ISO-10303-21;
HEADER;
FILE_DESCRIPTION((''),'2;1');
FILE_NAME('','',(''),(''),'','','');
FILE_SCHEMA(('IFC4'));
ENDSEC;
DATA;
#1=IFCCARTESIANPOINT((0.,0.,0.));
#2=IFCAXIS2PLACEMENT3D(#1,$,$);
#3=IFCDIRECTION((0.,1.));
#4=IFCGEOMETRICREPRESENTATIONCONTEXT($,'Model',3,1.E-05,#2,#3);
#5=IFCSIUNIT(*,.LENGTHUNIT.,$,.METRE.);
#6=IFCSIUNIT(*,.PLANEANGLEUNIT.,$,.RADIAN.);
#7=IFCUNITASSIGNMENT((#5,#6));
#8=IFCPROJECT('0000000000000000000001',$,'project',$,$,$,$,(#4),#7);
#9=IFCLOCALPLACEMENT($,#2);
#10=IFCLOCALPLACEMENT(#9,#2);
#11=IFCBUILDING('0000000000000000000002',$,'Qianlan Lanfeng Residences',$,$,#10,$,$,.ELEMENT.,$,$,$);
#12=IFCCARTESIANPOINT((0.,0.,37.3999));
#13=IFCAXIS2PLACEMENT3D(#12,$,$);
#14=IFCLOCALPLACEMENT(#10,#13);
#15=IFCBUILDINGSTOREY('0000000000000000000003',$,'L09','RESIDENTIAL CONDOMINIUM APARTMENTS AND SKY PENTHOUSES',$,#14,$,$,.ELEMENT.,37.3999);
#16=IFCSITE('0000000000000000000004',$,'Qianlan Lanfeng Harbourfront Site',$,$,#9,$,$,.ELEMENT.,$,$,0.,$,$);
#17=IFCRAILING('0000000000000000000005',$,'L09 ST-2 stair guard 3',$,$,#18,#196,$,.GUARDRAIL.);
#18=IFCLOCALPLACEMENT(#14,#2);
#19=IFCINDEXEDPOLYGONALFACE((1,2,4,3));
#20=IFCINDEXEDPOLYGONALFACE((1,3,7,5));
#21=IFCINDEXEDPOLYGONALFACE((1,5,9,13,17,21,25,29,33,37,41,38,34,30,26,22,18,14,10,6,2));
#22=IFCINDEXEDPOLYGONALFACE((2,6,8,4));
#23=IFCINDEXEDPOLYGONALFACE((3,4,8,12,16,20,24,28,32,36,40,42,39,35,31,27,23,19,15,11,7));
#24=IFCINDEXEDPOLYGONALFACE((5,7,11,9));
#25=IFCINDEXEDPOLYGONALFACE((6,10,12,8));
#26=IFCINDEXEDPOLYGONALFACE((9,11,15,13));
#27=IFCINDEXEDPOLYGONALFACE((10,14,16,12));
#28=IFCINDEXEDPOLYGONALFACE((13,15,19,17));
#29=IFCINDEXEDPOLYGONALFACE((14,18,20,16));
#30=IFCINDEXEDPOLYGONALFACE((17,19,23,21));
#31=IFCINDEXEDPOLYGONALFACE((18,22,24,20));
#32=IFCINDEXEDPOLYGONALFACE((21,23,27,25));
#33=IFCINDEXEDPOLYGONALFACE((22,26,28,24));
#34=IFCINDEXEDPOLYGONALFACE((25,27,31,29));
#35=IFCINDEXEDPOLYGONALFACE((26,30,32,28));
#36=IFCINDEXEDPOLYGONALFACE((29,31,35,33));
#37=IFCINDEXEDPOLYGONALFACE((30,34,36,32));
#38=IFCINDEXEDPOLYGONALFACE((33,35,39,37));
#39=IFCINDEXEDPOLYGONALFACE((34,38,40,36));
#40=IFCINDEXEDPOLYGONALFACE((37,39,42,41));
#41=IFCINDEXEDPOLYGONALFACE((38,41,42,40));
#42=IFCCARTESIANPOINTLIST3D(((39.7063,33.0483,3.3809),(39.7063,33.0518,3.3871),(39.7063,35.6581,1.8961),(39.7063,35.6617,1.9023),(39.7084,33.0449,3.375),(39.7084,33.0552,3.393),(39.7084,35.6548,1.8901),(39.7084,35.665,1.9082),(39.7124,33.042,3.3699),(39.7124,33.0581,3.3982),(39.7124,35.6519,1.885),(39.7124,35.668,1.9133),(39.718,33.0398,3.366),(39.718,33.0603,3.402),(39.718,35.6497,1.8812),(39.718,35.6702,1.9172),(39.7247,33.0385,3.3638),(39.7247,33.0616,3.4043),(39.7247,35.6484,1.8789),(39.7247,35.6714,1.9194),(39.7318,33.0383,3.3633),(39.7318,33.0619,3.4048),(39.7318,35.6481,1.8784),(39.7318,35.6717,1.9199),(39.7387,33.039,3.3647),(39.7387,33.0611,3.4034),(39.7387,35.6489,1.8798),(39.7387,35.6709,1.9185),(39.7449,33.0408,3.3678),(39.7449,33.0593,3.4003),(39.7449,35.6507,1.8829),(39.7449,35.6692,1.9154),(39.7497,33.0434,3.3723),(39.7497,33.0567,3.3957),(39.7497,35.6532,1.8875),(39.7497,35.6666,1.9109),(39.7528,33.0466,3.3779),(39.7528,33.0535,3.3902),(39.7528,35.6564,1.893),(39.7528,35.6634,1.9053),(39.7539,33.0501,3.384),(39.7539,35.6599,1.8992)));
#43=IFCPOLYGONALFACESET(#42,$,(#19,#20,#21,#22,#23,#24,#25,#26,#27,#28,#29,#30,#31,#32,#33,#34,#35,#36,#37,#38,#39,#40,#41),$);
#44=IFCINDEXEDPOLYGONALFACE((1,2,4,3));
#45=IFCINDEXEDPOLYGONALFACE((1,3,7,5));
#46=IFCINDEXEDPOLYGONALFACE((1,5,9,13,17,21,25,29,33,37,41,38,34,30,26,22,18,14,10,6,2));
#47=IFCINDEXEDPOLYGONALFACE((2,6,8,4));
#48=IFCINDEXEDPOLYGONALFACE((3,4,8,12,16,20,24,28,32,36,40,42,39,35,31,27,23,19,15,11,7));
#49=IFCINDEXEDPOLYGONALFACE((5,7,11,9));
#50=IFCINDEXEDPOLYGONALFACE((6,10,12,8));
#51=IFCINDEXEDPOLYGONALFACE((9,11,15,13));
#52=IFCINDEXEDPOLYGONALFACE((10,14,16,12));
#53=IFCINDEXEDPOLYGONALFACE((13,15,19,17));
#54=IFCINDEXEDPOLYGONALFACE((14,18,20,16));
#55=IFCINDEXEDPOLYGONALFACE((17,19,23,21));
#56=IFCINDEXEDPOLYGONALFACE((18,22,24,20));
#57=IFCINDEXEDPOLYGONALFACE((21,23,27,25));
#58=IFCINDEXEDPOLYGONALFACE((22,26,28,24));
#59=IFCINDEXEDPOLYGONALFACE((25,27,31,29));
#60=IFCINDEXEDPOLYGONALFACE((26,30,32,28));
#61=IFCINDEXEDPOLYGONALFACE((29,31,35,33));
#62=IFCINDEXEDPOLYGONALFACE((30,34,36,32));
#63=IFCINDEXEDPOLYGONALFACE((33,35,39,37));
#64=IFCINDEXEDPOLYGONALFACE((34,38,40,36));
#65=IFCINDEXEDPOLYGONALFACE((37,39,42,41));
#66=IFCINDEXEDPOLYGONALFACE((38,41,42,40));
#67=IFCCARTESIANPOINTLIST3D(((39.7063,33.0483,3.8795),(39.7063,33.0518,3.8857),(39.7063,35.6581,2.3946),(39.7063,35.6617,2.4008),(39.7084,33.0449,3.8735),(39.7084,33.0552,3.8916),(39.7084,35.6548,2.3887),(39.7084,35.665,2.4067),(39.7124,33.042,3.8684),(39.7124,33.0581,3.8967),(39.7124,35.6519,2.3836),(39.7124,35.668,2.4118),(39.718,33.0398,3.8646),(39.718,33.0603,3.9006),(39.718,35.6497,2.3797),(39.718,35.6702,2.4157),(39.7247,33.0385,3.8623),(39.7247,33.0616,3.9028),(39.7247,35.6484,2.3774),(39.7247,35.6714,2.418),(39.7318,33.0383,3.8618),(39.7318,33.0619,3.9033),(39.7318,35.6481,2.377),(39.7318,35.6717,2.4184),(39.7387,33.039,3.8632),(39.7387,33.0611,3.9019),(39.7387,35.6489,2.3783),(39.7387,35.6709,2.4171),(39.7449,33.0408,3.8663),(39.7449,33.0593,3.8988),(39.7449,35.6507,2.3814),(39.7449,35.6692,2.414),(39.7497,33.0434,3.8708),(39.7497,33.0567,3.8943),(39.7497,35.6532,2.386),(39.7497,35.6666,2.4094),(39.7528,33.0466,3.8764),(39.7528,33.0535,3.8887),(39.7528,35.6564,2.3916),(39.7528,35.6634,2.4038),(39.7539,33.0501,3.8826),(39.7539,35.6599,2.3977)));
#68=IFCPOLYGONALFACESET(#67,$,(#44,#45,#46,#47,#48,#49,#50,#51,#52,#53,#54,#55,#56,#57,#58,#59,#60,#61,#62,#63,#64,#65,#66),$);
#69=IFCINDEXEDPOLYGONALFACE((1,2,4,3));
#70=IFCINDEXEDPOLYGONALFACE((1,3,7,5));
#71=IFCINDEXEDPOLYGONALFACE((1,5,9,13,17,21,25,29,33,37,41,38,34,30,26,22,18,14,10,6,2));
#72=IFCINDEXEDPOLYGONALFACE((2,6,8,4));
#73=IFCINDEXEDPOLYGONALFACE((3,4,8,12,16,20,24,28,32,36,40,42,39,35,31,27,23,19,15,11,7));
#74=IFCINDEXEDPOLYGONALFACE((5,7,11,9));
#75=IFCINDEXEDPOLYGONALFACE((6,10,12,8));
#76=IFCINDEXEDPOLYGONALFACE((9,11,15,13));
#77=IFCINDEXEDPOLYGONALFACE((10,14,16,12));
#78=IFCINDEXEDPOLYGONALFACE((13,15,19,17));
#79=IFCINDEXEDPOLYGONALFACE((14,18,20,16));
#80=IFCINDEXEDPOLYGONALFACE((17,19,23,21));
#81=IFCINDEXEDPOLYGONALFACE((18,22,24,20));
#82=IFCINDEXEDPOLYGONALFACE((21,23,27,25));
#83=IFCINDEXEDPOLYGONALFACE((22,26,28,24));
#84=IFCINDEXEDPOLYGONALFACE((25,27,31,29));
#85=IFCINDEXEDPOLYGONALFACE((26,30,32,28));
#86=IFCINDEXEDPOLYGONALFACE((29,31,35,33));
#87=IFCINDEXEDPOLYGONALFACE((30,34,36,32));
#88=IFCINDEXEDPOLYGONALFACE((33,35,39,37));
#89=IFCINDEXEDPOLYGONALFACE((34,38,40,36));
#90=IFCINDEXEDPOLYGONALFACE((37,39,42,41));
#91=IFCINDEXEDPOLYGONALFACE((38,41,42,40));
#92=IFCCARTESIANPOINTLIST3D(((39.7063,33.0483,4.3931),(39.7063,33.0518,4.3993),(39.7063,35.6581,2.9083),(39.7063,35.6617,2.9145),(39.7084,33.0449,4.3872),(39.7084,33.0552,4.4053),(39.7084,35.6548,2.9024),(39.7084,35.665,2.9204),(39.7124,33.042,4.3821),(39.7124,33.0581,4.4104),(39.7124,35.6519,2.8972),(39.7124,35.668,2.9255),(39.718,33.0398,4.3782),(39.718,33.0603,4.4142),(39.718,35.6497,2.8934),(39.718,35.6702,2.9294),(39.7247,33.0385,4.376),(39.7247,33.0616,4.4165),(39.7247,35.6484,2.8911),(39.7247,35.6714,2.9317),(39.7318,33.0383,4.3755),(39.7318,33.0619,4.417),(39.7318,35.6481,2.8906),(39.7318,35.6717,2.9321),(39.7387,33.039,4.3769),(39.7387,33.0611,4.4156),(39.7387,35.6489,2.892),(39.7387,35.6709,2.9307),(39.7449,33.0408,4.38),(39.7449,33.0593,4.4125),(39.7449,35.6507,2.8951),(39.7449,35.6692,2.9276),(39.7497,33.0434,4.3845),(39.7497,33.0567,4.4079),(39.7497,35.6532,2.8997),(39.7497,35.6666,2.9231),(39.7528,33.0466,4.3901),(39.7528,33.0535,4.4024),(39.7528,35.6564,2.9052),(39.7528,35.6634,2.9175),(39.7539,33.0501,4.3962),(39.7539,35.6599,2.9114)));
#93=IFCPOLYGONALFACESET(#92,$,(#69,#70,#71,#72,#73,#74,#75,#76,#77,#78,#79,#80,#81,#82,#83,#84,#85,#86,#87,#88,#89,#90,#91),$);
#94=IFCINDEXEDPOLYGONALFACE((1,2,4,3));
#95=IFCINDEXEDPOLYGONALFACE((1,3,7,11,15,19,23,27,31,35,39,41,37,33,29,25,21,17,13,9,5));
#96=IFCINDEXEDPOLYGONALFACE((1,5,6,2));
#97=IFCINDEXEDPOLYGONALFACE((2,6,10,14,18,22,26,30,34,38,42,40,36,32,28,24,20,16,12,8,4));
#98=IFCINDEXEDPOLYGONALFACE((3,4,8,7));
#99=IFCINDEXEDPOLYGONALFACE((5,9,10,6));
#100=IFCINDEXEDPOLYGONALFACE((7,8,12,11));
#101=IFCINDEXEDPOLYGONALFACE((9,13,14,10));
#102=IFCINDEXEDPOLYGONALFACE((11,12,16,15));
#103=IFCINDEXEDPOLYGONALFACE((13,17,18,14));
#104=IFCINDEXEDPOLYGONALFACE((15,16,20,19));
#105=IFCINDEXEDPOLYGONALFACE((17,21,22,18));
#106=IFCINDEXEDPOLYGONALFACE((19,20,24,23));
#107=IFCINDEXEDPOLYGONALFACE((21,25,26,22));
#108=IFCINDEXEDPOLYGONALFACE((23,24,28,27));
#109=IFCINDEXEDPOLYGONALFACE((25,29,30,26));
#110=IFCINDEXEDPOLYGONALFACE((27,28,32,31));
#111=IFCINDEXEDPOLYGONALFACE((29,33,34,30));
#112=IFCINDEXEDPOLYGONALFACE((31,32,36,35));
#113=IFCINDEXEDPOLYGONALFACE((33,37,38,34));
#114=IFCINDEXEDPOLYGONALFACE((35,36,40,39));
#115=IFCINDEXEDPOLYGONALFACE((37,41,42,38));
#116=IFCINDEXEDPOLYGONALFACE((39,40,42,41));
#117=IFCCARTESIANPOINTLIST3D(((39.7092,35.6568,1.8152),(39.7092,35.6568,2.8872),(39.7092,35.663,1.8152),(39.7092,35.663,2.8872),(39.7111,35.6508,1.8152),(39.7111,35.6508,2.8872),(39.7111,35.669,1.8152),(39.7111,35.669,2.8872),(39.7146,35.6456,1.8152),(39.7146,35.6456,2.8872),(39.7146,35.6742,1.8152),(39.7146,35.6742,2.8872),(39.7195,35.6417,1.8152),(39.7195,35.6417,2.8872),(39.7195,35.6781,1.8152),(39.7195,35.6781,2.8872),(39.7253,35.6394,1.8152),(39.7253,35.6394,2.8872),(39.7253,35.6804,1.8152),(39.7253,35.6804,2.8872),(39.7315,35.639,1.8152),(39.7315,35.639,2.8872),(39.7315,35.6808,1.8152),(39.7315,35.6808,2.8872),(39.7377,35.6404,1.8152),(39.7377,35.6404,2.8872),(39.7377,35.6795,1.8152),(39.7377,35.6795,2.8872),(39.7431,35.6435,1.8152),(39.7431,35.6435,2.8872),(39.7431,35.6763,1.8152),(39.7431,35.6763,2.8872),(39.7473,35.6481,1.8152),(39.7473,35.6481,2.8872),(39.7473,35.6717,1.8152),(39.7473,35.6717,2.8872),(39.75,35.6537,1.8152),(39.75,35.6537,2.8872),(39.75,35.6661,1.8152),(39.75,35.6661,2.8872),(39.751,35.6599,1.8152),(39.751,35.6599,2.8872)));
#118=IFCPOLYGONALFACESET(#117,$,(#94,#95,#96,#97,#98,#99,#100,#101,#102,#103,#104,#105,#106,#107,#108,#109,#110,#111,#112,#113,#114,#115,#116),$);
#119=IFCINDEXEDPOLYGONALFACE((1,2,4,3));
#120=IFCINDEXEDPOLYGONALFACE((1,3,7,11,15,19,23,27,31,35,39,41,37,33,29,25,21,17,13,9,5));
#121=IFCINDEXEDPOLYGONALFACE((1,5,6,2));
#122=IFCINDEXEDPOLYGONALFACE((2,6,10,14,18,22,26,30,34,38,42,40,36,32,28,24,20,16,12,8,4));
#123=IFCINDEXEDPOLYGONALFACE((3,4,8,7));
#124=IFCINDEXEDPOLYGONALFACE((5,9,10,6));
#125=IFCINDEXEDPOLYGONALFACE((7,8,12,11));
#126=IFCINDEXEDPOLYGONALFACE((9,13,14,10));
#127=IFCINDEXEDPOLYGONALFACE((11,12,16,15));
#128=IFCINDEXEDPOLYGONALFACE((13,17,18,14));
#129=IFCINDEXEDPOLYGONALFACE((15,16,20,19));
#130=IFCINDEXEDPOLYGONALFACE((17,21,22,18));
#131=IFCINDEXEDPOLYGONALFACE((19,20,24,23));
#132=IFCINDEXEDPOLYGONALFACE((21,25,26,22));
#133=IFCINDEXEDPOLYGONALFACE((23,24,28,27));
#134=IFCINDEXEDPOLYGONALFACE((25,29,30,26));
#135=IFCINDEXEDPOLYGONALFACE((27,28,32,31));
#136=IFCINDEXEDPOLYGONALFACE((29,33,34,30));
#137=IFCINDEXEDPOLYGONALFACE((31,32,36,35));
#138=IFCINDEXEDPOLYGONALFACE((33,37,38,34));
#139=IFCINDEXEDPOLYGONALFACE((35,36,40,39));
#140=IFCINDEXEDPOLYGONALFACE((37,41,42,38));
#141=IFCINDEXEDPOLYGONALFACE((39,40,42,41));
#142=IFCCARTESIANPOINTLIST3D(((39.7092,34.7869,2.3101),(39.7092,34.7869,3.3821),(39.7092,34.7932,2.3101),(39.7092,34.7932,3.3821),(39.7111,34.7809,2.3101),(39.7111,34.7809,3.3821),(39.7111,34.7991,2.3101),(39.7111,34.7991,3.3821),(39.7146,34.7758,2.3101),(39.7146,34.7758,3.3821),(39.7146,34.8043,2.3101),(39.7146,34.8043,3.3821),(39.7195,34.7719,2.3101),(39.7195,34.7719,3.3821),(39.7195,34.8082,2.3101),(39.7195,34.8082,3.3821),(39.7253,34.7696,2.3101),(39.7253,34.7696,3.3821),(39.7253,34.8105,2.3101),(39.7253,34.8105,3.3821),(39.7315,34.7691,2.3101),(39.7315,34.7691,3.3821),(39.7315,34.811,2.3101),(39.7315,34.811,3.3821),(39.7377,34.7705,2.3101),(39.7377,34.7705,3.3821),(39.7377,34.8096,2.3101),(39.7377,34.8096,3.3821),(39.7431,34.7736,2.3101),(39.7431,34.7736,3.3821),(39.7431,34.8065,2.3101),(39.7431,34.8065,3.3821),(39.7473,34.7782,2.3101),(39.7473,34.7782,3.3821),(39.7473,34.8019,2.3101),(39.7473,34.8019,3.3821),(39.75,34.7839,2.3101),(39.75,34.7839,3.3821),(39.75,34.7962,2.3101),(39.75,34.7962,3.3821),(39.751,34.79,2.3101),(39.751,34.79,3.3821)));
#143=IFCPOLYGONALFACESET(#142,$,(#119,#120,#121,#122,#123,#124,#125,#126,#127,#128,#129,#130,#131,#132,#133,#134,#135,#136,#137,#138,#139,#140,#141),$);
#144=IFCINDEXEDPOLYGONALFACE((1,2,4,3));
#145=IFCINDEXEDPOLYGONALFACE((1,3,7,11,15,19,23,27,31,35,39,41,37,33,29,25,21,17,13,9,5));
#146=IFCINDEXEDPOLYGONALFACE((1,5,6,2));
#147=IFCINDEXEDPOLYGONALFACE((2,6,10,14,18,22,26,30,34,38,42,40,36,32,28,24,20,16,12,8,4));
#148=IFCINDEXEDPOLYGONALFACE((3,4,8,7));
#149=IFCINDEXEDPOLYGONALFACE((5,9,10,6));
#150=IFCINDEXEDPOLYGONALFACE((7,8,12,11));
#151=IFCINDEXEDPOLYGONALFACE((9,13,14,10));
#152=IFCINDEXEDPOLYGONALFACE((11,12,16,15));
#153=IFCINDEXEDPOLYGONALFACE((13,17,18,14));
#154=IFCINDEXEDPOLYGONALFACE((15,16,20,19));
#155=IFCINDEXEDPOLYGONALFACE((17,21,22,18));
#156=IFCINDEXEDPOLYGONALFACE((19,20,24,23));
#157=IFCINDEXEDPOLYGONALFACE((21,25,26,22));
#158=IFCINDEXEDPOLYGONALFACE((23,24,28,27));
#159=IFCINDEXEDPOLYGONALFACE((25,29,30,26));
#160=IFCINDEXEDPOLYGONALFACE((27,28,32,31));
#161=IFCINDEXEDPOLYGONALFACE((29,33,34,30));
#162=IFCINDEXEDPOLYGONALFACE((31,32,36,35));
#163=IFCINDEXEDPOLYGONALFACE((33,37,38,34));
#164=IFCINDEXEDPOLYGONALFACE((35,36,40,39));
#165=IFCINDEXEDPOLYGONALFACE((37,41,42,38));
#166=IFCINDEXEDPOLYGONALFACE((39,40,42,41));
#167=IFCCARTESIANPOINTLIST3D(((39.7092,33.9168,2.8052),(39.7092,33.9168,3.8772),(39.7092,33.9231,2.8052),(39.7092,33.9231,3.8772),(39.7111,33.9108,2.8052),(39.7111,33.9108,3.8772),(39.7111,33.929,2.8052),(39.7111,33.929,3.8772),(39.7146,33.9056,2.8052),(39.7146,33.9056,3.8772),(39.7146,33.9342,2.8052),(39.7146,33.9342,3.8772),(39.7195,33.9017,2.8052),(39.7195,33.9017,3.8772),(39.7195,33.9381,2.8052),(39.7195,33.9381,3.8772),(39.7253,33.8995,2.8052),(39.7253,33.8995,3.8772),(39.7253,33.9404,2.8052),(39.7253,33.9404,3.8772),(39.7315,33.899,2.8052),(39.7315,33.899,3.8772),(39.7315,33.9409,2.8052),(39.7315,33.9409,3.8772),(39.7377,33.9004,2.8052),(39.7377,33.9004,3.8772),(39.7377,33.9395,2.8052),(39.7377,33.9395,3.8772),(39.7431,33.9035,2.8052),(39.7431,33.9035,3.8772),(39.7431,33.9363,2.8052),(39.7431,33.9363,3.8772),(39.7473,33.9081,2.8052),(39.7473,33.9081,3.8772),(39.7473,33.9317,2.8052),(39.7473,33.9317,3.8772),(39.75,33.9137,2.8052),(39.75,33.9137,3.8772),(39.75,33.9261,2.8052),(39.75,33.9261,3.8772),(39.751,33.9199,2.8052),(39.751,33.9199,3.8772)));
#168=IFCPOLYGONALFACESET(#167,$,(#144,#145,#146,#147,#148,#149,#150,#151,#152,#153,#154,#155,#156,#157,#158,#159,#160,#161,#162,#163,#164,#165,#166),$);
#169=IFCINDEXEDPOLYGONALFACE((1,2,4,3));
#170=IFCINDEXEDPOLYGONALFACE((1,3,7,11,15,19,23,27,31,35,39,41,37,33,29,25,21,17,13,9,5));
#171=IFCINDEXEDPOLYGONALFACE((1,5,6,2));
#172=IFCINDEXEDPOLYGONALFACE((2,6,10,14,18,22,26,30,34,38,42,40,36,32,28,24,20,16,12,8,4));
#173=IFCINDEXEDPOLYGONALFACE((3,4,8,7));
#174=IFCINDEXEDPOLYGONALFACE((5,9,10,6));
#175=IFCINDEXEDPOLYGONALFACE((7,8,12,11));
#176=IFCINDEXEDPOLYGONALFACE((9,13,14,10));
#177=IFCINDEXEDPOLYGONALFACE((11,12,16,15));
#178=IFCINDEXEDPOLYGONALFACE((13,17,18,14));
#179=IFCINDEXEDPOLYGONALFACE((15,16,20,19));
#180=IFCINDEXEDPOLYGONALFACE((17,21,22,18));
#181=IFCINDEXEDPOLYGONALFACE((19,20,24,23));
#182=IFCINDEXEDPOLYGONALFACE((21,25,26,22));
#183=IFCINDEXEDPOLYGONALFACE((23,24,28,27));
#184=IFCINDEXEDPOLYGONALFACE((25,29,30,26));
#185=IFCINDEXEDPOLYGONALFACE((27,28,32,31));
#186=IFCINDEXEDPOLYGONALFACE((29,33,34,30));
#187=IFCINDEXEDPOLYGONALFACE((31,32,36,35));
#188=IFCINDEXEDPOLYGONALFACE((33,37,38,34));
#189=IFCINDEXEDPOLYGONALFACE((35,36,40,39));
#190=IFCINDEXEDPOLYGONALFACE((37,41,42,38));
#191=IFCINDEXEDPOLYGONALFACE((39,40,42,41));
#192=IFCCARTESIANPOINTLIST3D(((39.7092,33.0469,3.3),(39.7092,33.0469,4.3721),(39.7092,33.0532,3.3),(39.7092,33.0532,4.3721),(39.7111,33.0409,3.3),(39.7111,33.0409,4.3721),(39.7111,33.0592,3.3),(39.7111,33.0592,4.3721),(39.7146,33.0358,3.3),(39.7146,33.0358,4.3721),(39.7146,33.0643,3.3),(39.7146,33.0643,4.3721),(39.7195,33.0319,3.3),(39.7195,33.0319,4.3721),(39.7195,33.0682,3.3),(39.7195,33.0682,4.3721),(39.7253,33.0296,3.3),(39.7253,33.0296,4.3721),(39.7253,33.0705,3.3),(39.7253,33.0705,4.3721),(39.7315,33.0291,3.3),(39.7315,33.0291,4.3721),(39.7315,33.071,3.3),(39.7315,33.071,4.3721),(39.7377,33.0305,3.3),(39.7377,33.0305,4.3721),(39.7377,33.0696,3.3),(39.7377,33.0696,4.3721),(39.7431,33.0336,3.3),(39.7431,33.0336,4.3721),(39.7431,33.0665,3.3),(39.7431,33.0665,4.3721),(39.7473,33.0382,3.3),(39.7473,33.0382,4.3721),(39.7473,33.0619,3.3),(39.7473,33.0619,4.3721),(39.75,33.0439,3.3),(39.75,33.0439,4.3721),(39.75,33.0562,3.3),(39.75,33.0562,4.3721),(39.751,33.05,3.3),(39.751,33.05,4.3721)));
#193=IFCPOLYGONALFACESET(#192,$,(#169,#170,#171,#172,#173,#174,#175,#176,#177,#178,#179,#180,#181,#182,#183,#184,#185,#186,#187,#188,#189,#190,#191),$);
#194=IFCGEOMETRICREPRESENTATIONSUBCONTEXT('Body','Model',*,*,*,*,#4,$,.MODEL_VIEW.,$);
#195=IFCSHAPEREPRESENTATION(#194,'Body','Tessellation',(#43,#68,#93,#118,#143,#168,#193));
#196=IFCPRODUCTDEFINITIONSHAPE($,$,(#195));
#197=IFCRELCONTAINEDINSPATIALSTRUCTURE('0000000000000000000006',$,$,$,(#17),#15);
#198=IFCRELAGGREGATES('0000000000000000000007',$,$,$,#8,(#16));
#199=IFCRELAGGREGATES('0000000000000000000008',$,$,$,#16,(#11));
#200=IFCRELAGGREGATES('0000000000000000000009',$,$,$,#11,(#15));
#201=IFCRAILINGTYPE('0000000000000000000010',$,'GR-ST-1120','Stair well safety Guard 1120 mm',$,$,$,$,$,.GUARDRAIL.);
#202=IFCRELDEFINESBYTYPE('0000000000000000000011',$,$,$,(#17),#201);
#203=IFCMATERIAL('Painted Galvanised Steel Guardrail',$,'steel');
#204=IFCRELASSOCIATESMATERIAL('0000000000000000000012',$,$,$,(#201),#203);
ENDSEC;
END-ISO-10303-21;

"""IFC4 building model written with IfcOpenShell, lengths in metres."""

from ifc_helpers import new_model, si_unit, direction, frame, origin, origin_2d, place, context, subcontext, project, spatial, circle, extrude, material, type_object, element, save


model = new_model("IFC4")

# Units and contexts
model_context = context("Model", 3, precision=1e-05, world=origin(), true_north=direction((0.0, 1.0)))
body_context = subcontext(model_context, "Body", "Model", "MODEL_VIEW")
ifc_project = project(units=[si_unit("LENGTHUNIT", "METRE"), si_unit("PLANEANGLEUNIT", "RADIAN")], contexts=[model_context])

# Site, building, storey
site_placement = place(None, origin())
site = spatial("IfcSite", under=ifc_project, at=site_placement, Name="Qianlan Lanfeng Harbourfront Site", CompositionType="ELEMENT", RefElevation=0.0)
building_placement = place(site_placement, origin())
building = spatial("IfcBuilding", under=site, at=building_placement, Name="Qianlan Lanfeng Residences", CompositionType="ELEMENT")
storey_placement = place(building_placement, frame((0.0, 0.0, 37.3999)))
storey = spatial("IfcBuildingStorey", under=building, at=storey_placement, Name="L09", Description="RESIDENTIAL CONDOMINIUM APARTMENTS AND SKY PENTHOUSES", CompositionType="ELEMENT", Elevation=37.3999)

# Railing
ifc_material_1 = material(Name="Painted Galvanised Steel Guardrail", Category="steel")
railing_type_1 = type_object("IfcRailingType", Name="GR-ST-1120", Description="Stair well safety Guard 1120 mm", PredefinedType="GUARDRAIL", material=ifc_material_1)
railing_1_placement = place(storey_placement, frame((39.73, 35.6599, 1.8152)))
element("IfcRailing", 1, at=railing_1_placement, inside=storey, type_object=railing_type_1, Name="L09 ST-2 stair guard 3", PredefinedType="GUARDRAIL", context=body_context, shape_type="SweptSolid", body=[
    extrude(circle(Radius=0.0239, at=origin_2d()), frame((0.0, 0.0, 0.084), z_axis=(0.0, -0.869172, 0.494509), x_axis=(1.0, 0.0, 0.0)), (0.0, 0.0, 1.0), 3.0027),
    extrude(circle(Radius=0.0239, at=origin_2d()), frame((0.0, 0.0, 0.5825), z_axis=(0.0, -0.869172, 0.494509), x_axis=(1.0, 0.0, 0.0)), (0.0, 0.0, 1.0), 3.0027),
    extrude(circle(Radius=0.0239, at=origin_2d()), frame((0.0, 0.0, 1.0962), z_axis=(0.0, -0.869172, 0.494509), x_axis=(1.0, 0.0, 0.0)), (0.0, 0.0, 1.0), 3.0027),
    extrude(circle(Radius=0.021, at=origin_2d()), origin(), (0.0, 0.0, 1.0), 1.072),
    extrude(circle(Radius=0.021, at=origin_2d()), frame((0.0, -0.8699, 0.4949)), (0.0, 0.0, 1.0), 1.072),
    extrude(circle(Radius=0.021, at=origin_2d()), frame((0.0, -1.74, 0.99)), (0.0, 0.0, 1.0), 1.072),
    extrude(circle(Radius=0.021, at=origin_2d()), frame((0.0, -2.6099, 1.4849)), (0.0, 0.0, 1.0), 1.072),
])

save(model, "model.ifc")
